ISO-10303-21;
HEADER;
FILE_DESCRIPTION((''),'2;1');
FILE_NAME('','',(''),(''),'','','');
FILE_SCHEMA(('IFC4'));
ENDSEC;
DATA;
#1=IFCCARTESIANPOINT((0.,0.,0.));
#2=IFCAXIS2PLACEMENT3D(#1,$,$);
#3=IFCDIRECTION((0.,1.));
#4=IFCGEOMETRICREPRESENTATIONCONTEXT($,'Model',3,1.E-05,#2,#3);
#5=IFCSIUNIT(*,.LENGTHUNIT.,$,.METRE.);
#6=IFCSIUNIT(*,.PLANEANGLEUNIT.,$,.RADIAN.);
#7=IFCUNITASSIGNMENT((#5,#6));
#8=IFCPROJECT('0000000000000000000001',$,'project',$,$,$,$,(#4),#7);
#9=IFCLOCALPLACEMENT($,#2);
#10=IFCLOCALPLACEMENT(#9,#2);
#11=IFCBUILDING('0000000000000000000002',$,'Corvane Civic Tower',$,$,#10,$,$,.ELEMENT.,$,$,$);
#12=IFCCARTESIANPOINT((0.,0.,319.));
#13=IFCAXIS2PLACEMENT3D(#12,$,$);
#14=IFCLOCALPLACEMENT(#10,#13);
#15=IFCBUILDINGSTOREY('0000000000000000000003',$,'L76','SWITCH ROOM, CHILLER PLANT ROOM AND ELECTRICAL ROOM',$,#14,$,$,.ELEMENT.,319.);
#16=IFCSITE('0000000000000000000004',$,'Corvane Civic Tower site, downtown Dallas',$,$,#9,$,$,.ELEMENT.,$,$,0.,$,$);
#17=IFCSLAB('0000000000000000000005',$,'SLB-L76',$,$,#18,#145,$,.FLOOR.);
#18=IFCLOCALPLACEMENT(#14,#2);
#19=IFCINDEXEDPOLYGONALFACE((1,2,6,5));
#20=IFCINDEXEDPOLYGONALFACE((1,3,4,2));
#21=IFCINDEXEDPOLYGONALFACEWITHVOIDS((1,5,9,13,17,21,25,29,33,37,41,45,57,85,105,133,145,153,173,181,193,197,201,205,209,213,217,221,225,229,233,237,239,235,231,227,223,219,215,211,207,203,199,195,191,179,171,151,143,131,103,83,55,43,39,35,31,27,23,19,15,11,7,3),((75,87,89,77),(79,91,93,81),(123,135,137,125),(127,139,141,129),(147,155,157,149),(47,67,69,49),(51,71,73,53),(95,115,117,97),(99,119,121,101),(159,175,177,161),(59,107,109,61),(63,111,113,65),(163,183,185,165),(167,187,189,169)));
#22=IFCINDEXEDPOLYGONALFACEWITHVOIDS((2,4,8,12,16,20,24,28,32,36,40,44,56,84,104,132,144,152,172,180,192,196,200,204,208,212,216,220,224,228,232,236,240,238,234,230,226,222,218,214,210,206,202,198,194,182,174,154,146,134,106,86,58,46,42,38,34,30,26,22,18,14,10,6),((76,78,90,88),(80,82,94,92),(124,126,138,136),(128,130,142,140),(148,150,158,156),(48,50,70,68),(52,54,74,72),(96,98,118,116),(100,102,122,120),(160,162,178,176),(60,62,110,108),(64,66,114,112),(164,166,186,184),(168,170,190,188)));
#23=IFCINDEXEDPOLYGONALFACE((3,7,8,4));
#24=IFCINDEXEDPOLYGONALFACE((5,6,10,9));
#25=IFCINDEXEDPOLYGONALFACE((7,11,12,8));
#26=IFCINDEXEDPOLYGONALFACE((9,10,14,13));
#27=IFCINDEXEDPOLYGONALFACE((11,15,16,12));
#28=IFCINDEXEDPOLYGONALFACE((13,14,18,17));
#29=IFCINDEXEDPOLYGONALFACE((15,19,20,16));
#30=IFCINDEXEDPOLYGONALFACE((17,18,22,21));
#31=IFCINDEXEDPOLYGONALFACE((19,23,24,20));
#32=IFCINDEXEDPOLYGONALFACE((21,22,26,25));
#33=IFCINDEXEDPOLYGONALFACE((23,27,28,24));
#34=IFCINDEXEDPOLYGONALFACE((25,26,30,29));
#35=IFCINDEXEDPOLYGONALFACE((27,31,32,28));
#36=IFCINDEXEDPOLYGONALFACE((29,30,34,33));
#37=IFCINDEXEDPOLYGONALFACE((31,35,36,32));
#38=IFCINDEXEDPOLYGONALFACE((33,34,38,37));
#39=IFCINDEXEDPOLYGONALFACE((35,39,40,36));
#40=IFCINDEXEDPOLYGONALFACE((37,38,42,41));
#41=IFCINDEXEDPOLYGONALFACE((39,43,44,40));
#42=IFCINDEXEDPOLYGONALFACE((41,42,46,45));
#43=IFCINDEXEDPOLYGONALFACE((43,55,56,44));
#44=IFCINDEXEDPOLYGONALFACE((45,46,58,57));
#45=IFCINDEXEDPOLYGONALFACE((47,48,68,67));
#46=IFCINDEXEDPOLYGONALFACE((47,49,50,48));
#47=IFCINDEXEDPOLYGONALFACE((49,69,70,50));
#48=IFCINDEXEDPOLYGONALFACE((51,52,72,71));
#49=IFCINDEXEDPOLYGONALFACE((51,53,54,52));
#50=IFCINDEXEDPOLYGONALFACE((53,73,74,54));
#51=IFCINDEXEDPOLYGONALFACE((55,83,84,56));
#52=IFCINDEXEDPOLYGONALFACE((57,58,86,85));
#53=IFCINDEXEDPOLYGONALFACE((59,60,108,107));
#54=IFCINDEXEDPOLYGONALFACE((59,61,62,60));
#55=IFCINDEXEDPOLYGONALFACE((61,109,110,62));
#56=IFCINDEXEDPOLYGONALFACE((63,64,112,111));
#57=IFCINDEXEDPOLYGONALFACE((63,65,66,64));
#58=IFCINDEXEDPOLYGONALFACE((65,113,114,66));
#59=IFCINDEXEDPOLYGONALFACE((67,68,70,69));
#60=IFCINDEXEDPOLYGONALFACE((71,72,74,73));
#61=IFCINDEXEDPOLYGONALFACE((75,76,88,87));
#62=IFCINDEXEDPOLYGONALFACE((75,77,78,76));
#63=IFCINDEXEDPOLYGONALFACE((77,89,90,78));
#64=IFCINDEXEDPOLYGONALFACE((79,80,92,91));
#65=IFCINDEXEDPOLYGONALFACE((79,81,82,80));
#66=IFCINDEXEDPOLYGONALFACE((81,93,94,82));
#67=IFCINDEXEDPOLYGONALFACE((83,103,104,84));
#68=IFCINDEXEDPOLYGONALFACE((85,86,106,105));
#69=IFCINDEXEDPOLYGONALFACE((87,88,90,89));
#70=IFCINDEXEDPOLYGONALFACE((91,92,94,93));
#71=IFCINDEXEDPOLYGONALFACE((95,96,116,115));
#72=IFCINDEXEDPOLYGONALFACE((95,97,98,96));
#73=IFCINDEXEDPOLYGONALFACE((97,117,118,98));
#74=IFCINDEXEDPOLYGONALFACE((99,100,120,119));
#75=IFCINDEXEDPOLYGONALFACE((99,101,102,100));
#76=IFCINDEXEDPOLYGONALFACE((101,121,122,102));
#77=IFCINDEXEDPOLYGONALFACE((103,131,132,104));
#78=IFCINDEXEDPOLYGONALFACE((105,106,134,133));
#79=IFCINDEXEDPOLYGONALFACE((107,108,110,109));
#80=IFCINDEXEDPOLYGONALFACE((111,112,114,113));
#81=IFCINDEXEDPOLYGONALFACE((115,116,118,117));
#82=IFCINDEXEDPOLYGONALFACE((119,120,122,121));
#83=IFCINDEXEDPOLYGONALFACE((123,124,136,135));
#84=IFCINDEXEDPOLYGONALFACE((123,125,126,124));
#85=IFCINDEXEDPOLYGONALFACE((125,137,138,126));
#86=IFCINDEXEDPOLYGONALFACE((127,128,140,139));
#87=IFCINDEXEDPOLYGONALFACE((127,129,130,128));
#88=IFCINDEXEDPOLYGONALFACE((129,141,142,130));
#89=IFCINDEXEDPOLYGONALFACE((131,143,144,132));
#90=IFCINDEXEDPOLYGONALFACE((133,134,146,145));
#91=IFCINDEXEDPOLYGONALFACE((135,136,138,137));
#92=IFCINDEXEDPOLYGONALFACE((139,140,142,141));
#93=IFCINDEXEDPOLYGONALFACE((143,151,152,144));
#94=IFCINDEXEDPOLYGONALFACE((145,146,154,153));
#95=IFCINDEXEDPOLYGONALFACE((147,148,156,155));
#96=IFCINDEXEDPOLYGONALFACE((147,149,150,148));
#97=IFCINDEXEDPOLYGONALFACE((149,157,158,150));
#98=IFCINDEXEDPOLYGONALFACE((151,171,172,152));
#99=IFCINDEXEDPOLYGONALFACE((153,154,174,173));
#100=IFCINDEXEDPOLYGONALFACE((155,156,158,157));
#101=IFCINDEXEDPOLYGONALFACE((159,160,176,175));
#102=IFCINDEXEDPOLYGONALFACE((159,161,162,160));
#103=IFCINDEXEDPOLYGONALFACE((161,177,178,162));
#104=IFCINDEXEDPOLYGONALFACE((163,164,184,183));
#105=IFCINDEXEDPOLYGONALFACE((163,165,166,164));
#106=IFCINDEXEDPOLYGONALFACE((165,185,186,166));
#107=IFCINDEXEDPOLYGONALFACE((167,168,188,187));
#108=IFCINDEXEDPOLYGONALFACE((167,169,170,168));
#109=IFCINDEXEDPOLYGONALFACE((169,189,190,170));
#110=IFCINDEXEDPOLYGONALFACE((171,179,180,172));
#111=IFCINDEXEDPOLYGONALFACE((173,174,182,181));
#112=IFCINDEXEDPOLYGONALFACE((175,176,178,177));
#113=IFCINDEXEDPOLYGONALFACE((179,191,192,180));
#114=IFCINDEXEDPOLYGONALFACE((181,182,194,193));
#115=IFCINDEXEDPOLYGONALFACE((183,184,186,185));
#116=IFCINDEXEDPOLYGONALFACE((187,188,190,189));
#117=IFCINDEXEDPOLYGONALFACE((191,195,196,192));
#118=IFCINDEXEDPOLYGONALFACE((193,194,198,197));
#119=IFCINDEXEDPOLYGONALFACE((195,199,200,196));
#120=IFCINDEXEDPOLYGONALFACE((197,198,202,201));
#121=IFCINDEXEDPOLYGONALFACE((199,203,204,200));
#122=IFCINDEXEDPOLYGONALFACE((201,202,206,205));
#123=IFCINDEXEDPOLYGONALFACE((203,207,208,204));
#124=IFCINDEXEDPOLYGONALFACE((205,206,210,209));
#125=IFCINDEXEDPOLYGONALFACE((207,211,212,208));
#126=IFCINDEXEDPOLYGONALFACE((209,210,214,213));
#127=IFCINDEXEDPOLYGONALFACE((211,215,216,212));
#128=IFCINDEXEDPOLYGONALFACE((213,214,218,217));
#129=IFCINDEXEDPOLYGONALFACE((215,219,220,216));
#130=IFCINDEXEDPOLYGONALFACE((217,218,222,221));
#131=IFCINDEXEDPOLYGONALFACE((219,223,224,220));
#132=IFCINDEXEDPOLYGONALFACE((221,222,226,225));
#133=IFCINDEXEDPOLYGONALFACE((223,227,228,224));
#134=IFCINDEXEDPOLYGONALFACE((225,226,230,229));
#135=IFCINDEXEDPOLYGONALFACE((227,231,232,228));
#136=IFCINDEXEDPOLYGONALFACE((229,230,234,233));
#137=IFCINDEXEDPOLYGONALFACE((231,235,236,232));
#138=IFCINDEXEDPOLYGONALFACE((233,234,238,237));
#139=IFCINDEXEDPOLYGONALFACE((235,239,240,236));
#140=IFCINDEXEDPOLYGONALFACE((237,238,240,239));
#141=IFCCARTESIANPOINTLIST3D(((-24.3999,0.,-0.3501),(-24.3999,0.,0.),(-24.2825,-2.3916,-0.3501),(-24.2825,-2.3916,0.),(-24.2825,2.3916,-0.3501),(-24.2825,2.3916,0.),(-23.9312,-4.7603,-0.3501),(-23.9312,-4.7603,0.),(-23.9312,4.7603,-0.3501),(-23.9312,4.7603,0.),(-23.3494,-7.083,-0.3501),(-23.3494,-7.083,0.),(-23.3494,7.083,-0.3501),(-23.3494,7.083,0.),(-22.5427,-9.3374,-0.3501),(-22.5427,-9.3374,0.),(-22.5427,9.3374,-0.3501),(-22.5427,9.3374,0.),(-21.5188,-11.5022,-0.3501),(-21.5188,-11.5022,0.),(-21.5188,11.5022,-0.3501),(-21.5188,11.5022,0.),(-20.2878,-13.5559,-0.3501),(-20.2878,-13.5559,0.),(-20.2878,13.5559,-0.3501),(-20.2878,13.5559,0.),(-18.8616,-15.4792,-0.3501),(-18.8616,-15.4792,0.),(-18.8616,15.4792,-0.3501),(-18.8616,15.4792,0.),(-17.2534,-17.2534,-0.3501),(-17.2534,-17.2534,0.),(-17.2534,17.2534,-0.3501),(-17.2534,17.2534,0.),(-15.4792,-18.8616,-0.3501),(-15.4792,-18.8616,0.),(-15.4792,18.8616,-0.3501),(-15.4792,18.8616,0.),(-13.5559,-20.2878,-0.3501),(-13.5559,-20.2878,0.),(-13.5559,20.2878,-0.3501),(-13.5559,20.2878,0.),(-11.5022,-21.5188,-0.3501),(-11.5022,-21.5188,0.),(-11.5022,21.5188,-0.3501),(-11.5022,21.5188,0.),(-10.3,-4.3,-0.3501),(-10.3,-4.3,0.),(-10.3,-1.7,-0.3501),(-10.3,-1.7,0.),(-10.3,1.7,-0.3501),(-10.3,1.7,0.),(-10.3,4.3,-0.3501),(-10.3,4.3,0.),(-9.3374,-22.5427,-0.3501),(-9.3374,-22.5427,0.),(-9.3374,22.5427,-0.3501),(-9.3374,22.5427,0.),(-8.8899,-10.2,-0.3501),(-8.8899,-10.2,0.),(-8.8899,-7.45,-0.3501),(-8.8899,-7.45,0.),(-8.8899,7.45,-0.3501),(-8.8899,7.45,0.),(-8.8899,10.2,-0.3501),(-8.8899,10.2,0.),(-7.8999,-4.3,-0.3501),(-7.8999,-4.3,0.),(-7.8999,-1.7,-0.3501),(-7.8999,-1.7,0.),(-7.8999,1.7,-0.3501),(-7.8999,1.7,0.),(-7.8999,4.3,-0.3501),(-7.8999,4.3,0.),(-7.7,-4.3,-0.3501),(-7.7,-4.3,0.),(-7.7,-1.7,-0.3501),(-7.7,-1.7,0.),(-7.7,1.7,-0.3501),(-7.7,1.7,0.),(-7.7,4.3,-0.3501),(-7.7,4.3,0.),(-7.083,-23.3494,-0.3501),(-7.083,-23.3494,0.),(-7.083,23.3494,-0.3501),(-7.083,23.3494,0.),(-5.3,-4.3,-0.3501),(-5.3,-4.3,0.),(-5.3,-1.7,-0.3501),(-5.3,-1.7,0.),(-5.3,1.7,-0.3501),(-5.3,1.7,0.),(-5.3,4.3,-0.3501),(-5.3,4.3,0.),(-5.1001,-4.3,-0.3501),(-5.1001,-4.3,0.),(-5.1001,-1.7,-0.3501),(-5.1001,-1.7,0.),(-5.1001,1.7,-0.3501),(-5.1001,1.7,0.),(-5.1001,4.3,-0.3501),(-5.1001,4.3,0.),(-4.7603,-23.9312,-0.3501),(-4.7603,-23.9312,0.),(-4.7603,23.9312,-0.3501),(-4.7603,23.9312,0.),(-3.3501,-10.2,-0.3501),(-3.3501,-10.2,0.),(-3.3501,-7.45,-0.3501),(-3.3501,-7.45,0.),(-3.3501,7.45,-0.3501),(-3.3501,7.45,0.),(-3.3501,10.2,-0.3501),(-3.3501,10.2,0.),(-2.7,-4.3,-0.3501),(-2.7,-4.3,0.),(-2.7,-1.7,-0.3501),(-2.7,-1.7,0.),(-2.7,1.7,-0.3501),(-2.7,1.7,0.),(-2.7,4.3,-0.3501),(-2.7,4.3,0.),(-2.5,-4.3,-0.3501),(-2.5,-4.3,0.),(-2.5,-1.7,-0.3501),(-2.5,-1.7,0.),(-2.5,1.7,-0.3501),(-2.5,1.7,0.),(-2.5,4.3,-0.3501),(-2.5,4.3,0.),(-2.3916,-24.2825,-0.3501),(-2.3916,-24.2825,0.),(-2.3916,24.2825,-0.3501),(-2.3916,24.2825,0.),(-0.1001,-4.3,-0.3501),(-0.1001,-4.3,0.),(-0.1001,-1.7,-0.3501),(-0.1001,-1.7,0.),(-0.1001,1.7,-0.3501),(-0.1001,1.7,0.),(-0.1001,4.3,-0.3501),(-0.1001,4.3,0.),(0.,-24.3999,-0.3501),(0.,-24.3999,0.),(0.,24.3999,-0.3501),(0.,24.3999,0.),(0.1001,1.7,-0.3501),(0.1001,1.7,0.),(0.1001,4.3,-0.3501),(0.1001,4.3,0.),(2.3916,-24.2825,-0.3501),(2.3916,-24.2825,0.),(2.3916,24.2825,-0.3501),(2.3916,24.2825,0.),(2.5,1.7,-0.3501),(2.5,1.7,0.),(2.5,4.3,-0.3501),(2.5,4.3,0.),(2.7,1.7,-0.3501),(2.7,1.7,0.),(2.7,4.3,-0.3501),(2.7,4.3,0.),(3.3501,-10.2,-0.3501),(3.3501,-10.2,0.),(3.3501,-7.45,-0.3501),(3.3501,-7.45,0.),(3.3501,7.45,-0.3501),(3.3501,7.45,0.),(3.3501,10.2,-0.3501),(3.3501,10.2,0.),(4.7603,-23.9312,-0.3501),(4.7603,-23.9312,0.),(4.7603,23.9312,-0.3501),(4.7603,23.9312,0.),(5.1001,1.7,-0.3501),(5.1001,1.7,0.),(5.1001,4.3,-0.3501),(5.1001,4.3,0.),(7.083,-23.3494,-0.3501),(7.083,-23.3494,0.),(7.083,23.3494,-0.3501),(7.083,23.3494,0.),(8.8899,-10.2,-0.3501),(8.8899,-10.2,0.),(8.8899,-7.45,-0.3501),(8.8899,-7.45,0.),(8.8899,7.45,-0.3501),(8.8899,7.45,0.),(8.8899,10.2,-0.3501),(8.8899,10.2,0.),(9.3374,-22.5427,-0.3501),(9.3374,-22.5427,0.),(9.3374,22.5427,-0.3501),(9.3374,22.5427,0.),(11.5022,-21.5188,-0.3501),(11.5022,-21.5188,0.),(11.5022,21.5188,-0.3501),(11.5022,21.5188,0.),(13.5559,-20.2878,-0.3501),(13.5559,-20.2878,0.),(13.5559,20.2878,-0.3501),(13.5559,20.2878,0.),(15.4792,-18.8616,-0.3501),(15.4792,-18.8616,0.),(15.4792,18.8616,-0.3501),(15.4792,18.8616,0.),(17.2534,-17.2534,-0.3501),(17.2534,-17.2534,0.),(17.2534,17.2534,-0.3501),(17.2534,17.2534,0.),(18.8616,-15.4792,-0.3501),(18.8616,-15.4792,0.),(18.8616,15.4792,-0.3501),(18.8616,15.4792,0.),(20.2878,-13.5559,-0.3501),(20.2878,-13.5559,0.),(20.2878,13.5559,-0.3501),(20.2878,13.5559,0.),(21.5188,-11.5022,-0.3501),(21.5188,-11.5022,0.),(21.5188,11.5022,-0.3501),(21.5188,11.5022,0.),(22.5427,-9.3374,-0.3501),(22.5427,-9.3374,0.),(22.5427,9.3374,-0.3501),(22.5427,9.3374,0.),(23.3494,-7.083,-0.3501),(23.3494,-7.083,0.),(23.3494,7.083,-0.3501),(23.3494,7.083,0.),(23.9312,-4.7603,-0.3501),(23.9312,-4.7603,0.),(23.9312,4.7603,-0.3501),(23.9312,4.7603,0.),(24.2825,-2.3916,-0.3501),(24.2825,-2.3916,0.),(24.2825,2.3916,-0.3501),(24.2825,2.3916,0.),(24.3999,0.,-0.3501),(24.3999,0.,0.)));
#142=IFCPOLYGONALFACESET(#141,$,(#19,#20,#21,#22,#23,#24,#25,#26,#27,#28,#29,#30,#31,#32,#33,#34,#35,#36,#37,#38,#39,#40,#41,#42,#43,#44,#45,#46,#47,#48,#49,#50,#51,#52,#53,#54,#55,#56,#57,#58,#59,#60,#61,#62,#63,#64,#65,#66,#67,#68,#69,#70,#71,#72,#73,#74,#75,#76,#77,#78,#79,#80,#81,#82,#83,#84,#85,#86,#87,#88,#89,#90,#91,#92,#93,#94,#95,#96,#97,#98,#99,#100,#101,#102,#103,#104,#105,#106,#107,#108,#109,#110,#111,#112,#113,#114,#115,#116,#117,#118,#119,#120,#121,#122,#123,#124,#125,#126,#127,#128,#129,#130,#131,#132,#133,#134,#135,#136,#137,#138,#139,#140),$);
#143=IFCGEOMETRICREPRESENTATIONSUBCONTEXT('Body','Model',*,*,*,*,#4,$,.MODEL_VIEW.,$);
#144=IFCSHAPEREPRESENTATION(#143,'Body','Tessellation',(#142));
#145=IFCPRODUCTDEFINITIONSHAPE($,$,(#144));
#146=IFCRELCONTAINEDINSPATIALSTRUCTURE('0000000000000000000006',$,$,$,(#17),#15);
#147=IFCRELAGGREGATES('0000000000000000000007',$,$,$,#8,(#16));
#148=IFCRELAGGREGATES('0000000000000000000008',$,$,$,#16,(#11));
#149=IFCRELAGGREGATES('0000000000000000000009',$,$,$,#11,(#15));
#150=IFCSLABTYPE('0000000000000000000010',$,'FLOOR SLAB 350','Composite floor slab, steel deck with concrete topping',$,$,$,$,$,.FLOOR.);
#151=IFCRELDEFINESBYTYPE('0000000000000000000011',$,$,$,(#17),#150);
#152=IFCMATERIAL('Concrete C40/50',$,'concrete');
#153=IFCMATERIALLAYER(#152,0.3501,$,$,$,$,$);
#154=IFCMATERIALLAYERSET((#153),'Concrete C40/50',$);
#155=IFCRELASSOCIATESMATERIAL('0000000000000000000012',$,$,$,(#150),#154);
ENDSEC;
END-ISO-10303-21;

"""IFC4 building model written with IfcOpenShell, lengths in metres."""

from ifc_helpers import new_model, si_unit, direction, frame, origin, place, context, subcontext, project, spatial, polyline, outline, extrude, material, layer, layer_set, type_object, element, save


model = new_model("IFC4")

# Units and contexts
model_context = context("Model", 3, precision=1e-05, world=origin(), true_north=direction((0.0, 1.0)))
body_context = subcontext(model_context, "Body", "Model", "MODEL_VIEW")
ifc_project = project(units=[si_unit("LENGTHUNIT", "METRE"), si_unit("PLANEANGLEUNIT", "RADIAN")], contexts=[model_context])

# Site, building, storey
site_placement = place(None, origin())
site = spatial("IfcSite", under=ifc_project, at=site_placement, Name="Corvane Civic Tower site, downtown Dallas", CompositionType="ELEMENT", RefElevation=0.0)
building_placement = place(site_placement, origin())
building = spatial("IfcBuilding", under=site, at=building_placement, Name="Corvane Civic Tower", CompositionType="ELEMENT")
storey_placement = place(building_placement, frame((0.0, 0.0, 319.0)))
storey = spatial("IfcBuildingStorey", under=building, at=storey_placement, Name="L76", Description="SWITCH ROOM, CHILLER PLANT ROOM AND ELECTRICAL ROOM", CompositionType="ELEMENT", Elevation=319.0)

# Slab
ifc_material_1 = material(Name="Concrete C40/50", Category="concrete")
ifc_layer_1 = layer(ifc_material_1, 0.3501)
ifc_layer_set_1 = layer_set([ifc_layer_1], Name="Concrete C40/50")
slab_type_1 = type_object("IfcSlabType", Name="FLOOR SLAB 350", Description="Composite floor slab, steel deck with concrete topping", PredefinedType="FLOOR", material=ifc_layer_set_1)
slab_1_placement = place(storey_placement, frame((0.0, 0.0, -0.3501)))
element("IfcSlab", 1, at=slab_1_placement, inside=storey, type_object=slab_type_1, Name="SLB-L76", PredefinedType="FLOOR", context=body_context, shape_type="SweptSolid", body=[
    extrude(outline(polyline([(0.0, 24.3999), (-2.3916, 24.2825), (-4.7603, 23.9312), (-7.083, 23.3494), (-9.3374, 22.5427), (-11.5022, 21.5188), (-13.5559, 20.2878), (-15.4792, 18.8616), (-17.2534, 17.2534), (-18.8616, 15.4792), (-20.2878, 13.5559), (-21.5188, 11.5022), (-22.5427, 9.3374), (-23.3494, 7.083), (-23.9312, 4.7603), (-24.2825, 2.3916), (-24.3999, 0.0), (-24.2825, -2.3916), (-23.9312, -4.7603), (-23.3494, -7.083), (-22.5427, -9.3374), (-21.5188, -11.5022), (-20.2878, -13.5559), (-18.8616, -15.4792), (-17.2534, -17.2534), (-15.4792, -18.8616), (-13.5559, -20.2878), (-11.5022, -21.5188), (-9.3374, -22.5427), (-7.083, -23.3494), (-4.7603, -23.9312), (-2.3916, -24.2825), (0.0, -24.3999), (2.3916, -24.2825), (4.7603, -23.9312), (7.083, -23.3494), (9.3374, -22.5427), (11.5022, -21.5188), (13.5559, -20.2878), (15.4792, -18.8616), (17.2534, -17.2534), (18.8616, -15.4792), (20.2878, -13.5559), (21.5188, -11.5022), (22.5427, -9.3374), (23.3494, -7.083), (23.9312, -4.7603), (24.2825, -2.3916), (24.3999, 0.0), (24.2825, 2.3916), (23.9312, 4.7603), (23.3494, 7.083), (22.5427, 9.3374), (21.5188, 11.5022), (20.2878, 13.5559), (18.8616, 15.4792), (17.2534, 17.2534), (15.4792, 18.8616), (13.5559, 20.2878), (11.5022, 21.5188), (9.3374, 22.5427), (7.083, 23.3494), (4.7603, 23.9312), (2.3916, 24.2825), (0.0, 24.3999)]), holes=[polyline([(-7.8999, 1.7), (-10.3, 1.7), (-10.3, 4.3), (-7.8999, 4.3), (-7.8999, 1.7)]), polyline([(-7.7, 4.3), (-5.3, 4.3), (-5.3, 1.7), (-7.7, 1.7), (-7.7, 4.3)]), polyline([(-5.1001, 4.3), (-2.7, 4.3), (-2.7, 1.7), (-5.1001, 1.7), (-5.1001, 4.3)]), polyline([(-0.1001, 1.7), (-2.5, 1.7), (-2.5, 4.3), (-0.1001, 4.3), (-0.1001, 1.7)]), polyline([(2.5, 1.7), (0.1001, 1.7), (0.1001, 4.3), (2.5, 4.3), (2.5, 1.7)]), polyline([(2.7, 4.3), (5.1001, 4.3), (5.1001, 1.7), (2.7, 1.7), (2.7, 4.3)]), polyline([(-7.8999, -1.7), (-7.8999, -4.3), (-10.3, -4.3), (-10.3, -1.7), (-7.8999, -1.7)]), polyline([(-5.3, -1.7), (-5.3, -4.3), (-7.7, -4.3), (-7.7, -1.7), (-5.3, -1.7)]), polyline([(-2.7, -1.7), (-2.7, -4.3), (-5.1001, -4.3), (-5.1001, -1.7), (-2.7, -1.7)]), polyline([(-2.5, -4.3), (-2.5, -1.7), (-0.1001, -1.7), (-0.1001, -4.3), (-2.5, -4.3)]), polyline([(8.8899, 10.2), (8.8899, 7.45), (3.3501, 7.45), (3.3501, 10.2), (8.8899, 10.2)]), polyline([(-8.8899, 7.45), (-8.8899, 10.2), (-3.3501, 10.2), (-3.3501, 7.45), (-8.8899, 7.45)]), polyline([(8.8899, -7.45), (8.8899, -10.2), (3.3501, -10.2), (3.3501, -7.45), (8.8899, -7.45)]), polyline([(-8.8899, -10.2), (-8.8899, -7.45), (-3.3501, -7.45), (-3.3501, -10.2), (-8.8899, -10.2)])]), origin(), (0.0, 0.0, 1.0), 0.3501),
])

save(model, "model.ifc")
